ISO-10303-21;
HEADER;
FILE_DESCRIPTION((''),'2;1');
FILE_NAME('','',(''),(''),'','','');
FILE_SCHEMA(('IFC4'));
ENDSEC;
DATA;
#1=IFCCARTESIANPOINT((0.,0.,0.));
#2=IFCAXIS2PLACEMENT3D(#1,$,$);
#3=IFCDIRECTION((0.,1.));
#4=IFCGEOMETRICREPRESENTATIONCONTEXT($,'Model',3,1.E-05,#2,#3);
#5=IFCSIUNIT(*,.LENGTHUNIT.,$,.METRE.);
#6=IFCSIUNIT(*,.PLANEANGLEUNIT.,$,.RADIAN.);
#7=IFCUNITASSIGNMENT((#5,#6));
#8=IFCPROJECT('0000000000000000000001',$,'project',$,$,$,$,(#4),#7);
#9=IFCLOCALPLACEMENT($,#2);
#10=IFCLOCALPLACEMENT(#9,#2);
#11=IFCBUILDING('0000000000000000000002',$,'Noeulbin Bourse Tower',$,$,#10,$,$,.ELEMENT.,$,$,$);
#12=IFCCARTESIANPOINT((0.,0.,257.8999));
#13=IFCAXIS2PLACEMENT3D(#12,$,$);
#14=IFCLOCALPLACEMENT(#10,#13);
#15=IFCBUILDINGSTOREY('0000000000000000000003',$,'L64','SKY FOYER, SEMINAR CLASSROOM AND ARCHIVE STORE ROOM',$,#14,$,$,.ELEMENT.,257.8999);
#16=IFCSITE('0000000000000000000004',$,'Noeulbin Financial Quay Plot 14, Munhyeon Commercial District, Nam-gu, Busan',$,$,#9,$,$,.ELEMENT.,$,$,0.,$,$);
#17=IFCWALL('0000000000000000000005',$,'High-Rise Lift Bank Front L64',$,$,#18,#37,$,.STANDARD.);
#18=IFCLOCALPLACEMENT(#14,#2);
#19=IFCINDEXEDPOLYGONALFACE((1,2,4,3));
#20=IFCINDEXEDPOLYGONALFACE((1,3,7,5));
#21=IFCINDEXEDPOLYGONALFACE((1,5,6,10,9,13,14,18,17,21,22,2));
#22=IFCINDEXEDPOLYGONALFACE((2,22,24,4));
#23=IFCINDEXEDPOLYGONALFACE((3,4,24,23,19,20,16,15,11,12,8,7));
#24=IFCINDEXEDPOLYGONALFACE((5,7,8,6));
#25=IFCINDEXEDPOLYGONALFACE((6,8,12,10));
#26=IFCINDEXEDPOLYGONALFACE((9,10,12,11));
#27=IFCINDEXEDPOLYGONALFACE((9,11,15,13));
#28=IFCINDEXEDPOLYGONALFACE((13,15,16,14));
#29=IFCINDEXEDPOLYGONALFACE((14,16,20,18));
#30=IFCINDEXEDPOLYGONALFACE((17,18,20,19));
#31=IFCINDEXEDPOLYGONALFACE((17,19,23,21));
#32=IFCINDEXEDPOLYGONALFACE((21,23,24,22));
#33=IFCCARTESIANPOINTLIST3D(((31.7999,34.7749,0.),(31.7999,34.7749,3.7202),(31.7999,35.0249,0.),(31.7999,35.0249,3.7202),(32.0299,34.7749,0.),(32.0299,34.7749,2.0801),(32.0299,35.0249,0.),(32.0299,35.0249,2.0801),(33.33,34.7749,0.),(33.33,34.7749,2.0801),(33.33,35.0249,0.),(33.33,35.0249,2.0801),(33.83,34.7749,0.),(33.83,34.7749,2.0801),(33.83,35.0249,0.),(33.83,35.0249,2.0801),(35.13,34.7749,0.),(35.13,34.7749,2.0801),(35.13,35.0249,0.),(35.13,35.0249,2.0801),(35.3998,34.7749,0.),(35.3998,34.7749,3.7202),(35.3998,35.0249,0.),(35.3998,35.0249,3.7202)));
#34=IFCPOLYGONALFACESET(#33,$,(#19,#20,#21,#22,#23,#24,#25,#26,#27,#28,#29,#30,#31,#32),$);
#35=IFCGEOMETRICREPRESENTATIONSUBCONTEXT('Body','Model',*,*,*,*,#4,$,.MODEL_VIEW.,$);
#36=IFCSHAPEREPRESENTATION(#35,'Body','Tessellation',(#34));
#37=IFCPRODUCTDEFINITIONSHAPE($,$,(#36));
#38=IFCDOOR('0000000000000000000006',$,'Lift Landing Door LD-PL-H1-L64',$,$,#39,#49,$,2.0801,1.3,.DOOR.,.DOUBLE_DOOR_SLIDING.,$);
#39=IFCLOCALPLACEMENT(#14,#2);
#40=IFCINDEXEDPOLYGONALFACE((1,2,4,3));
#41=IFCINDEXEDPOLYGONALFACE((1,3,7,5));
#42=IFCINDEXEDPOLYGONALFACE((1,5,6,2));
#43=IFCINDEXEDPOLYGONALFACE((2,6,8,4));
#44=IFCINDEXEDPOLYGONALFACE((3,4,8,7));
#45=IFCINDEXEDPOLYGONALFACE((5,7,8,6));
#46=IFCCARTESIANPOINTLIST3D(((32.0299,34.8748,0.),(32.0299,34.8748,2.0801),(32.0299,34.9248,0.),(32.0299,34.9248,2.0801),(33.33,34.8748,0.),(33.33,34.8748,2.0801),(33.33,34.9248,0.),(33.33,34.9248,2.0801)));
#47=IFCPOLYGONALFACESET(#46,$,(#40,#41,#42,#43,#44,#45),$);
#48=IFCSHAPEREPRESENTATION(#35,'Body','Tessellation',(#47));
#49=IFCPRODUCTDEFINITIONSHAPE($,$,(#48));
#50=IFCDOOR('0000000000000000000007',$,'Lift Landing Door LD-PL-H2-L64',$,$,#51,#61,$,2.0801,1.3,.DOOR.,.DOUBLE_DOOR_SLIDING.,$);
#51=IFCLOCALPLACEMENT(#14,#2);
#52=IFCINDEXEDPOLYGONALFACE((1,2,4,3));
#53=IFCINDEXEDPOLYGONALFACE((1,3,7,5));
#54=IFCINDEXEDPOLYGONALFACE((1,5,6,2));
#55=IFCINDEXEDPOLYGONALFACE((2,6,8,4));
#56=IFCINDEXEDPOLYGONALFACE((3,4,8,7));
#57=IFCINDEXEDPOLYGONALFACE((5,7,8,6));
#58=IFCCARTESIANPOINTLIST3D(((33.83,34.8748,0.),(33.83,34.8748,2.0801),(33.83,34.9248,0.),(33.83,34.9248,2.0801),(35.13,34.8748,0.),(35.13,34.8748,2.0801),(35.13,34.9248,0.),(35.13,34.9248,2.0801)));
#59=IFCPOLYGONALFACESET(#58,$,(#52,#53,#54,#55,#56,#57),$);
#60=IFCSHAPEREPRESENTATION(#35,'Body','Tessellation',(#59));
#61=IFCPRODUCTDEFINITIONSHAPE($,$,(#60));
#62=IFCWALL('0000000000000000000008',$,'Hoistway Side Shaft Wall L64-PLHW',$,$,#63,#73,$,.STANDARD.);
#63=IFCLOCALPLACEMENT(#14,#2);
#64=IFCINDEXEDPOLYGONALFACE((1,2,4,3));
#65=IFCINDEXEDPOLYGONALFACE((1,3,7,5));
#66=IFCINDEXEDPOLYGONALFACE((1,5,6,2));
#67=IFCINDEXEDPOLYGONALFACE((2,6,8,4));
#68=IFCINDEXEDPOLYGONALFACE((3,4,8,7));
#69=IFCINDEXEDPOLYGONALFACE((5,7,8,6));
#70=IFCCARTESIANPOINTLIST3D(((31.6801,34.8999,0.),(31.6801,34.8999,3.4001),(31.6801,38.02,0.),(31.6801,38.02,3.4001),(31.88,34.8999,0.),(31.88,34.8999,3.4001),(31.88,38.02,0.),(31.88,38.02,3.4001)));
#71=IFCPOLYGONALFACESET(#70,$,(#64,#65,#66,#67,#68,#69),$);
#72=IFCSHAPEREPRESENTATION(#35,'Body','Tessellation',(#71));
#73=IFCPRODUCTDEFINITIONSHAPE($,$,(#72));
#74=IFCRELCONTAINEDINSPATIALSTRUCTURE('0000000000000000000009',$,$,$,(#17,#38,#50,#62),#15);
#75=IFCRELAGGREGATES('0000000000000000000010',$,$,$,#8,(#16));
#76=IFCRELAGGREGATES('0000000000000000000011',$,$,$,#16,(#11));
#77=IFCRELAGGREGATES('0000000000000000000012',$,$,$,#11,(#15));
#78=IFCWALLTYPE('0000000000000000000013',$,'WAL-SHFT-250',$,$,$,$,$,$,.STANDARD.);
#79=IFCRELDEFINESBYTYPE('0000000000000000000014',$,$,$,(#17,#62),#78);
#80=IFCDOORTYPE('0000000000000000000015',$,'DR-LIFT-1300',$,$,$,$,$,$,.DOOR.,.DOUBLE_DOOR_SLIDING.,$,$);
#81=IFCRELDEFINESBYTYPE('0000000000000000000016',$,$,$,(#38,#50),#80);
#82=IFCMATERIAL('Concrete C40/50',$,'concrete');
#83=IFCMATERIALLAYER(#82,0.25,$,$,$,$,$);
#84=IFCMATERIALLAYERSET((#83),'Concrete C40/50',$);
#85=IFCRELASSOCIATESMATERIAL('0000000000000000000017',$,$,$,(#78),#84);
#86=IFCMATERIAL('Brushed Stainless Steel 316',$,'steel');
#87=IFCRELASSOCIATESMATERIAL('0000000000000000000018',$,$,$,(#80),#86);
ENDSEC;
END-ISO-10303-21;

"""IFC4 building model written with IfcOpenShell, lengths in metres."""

from ifc_helpers import new_model, si_unit, direction, frame, frame_2d, origin, place, context, subcontext, project, spatial, rectangle, extrude, material, layer, layer_set, type_object, element, fill, save


model = new_model("IFC4")

# Units and contexts
model_context = context("Model", 3, precision=1e-05, world=origin(), true_north=direction((0.0, 1.0)))
body_context = subcontext(model_context, "Body", "Model", "MODEL_VIEW")
ifc_project = project(units=[si_unit("LENGTHUNIT", "METRE"), si_unit("PLANEANGLEUNIT", "RADIAN")], contexts=[model_context])

# Site, building, storey
site_placement = place(None, origin())
site = spatial("IfcSite", under=ifc_project, at=site_placement, Name="Noeulbin Financial Quay Plot 14, Munhyeon Commercial District, Nam-gu, Busan", CompositionType="ELEMENT", RefElevation=0.0)
building_placement = place(site_placement, origin())
building = spatial("IfcBuilding", under=site, at=building_placement, Name="Noeulbin Bourse Tower", CompositionType="ELEMENT")
storey_placement = place(building_placement, frame((0.0, 0.0, 257.8999)))
storey = spatial("IfcBuildingStorey", under=building, at=storey_placement, Name="L64", Description="SKY FOYER, SEMINAR CLASSROOM AND ARCHIVE STORE ROOM", CompositionType="ELEMENT", Elevation=257.8999)

# Shared definitions
ifc_material_1 = material(Name="Concrete C40/50", Category="concrete")
ifc_layer_1 = layer(ifc_material_1, 0.25)
ifc_layer_set_1 = layer_set([ifc_layer_1], Name="Concrete C40/50")
wall_type_1 = type_object("IfcWallType", Name="WAL-SHFT-250", PredefinedType="STANDARD", material=ifc_layer_set_1)
ifc_material_2 = material(Name="Brushed Stainless Steel 316", Category="steel")

# Wall, openings, doors
wall_1_placement = place(storey_placement, frame((31.8, 34.8999, 0.0), z_axis=(0.0, 0.0, 1.0), x_axis=(1.0, 0.0, 0.0)))
wall_1 = element("IfcWall", 1, at=wall_1_placement, inside=storey, type_object=wall_type_1, Name="High-Rise Lift Bank Front L64", PredefinedType="STANDARD", context=body_context, shape_type="SweptSolid", body=[
    extrude(rectangle(XDim=3.5999, YDim=0.25, at=frame_2d((1.7998, 0.0))), origin(), (0.0, 0.0, 1.0), 3.7202),
])
opening_1_placement = place(wall_1_placement, frame((0.23, 0.0, 0.0)))
opening_1 = element("IfcOpeningElement", 2, at=opening_1_placement, cuts=wall_1, PredefinedType="OPENING", context=body_context, shape_type="SweptSolid", body=[
    extrude(rectangle(XDim=1.3, YDim=2.0801, at=frame_2d((0.6499, 1.04))), frame((0.0, 0.135, 0.0), z_axis=(0.0, -1.0, 0.0), x_axis=(1.0, 0.0, 0.0)), (0.0, 0.0, 1.0), 0.27),
])
opening_2_placement = place(wall_1_placement, frame((2.03, 0.0, 0.0)))
opening_2 = element("IfcOpeningElement", 3, at=opening_2_placement, cuts=wall_1, PredefinedType="OPENING", context=body_context, shape_type="SweptSolid", body=[
    extrude(rectangle(XDim=1.3, YDim=2.0801, at=frame_2d((0.6499, 1.04))), frame((0.0, 0.135, 0.0), z_axis=(0.0, -1.0, 0.0), x_axis=(1.0, 0.0, 0.0)), (0.0, 0.0, 1.0), 0.27),
])
door_type_1 = type_object("IfcDoorType", Name="DR-LIFT-1300", OperationType="DOUBLE_DOOR_SLIDING", PredefinedType="DOOR", material=ifc_material_2)
door_1_placement = place(opening_1_placement, origin())
door_1 = element("IfcDoor", 4, at=door_1_placement, inside=storey, type_object=door_type_1, Name="Lift Landing Door LD-PL-H1-L64", OperationType="DOUBLE_DOOR_SLIDING", OverallHeight=2.0801, OverallWidth=1.3, PredefinedType="DOOR", context=body_context, shape_type="SweptSolid", body=[
    extrude(rectangle(XDim=1.3, YDim=2.0801, at=frame_2d((0.6499, 1.04))), frame((0.0, 0.0249, 0.0), z_axis=(0.0, -1.0, 0.0), x_axis=(1.0, 0.0, 0.0)), (0.0, 0.0, 1.0), 0.05),
])
fill(opening_1, door_1)
door_2_placement = place(opening_2_placement, origin())
door_2 = element("IfcDoor", 5, at=door_2_placement, inside=storey, type_object=door_type_1, Name="Lift Landing Door LD-PL-H2-L64", OperationType="DOUBLE_DOOR_SLIDING", OverallHeight=2.0801, OverallWidth=1.3, PredefinedType="DOOR", context=body_context, shape_type="SweptSolid", body=[
    extrude(rectangle(XDim=1.3, YDim=2.0801, at=frame_2d((0.6499, 1.04))), frame((0.0, 0.0249, 0.0), z_axis=(0.0, -1.0, 0.0), x_axis=(1.0, 0.0, 0.0)), (0.0, 0.0, 1.0), 0.05),
])
fill(opening_2, door_2)

# Wall
wall_2_placement = place(storey_placement, frame((31.78, 34.8999, 0.0), z_axis=(0.0, 0.0, 1.0), x_axis=(0.0, 1.0, 0.0)))
element("IfcWall", 6, at=wall_2_placement, inside=storey, type_object=wall_type_1, Name="Hoistway Side Shaft Wall L64-PLHW", PredefinedType="STANDARD", context=body_context, shape_type="SweptSolid", body=[
    extrude(rectangle(XDim=3.1201, YDim=0.2, at=frame_2d((1.5601, 0.0))), origin(), (0.0, 0.0, 1.0), 3.4001),
])

save(model, "model.ifc")
